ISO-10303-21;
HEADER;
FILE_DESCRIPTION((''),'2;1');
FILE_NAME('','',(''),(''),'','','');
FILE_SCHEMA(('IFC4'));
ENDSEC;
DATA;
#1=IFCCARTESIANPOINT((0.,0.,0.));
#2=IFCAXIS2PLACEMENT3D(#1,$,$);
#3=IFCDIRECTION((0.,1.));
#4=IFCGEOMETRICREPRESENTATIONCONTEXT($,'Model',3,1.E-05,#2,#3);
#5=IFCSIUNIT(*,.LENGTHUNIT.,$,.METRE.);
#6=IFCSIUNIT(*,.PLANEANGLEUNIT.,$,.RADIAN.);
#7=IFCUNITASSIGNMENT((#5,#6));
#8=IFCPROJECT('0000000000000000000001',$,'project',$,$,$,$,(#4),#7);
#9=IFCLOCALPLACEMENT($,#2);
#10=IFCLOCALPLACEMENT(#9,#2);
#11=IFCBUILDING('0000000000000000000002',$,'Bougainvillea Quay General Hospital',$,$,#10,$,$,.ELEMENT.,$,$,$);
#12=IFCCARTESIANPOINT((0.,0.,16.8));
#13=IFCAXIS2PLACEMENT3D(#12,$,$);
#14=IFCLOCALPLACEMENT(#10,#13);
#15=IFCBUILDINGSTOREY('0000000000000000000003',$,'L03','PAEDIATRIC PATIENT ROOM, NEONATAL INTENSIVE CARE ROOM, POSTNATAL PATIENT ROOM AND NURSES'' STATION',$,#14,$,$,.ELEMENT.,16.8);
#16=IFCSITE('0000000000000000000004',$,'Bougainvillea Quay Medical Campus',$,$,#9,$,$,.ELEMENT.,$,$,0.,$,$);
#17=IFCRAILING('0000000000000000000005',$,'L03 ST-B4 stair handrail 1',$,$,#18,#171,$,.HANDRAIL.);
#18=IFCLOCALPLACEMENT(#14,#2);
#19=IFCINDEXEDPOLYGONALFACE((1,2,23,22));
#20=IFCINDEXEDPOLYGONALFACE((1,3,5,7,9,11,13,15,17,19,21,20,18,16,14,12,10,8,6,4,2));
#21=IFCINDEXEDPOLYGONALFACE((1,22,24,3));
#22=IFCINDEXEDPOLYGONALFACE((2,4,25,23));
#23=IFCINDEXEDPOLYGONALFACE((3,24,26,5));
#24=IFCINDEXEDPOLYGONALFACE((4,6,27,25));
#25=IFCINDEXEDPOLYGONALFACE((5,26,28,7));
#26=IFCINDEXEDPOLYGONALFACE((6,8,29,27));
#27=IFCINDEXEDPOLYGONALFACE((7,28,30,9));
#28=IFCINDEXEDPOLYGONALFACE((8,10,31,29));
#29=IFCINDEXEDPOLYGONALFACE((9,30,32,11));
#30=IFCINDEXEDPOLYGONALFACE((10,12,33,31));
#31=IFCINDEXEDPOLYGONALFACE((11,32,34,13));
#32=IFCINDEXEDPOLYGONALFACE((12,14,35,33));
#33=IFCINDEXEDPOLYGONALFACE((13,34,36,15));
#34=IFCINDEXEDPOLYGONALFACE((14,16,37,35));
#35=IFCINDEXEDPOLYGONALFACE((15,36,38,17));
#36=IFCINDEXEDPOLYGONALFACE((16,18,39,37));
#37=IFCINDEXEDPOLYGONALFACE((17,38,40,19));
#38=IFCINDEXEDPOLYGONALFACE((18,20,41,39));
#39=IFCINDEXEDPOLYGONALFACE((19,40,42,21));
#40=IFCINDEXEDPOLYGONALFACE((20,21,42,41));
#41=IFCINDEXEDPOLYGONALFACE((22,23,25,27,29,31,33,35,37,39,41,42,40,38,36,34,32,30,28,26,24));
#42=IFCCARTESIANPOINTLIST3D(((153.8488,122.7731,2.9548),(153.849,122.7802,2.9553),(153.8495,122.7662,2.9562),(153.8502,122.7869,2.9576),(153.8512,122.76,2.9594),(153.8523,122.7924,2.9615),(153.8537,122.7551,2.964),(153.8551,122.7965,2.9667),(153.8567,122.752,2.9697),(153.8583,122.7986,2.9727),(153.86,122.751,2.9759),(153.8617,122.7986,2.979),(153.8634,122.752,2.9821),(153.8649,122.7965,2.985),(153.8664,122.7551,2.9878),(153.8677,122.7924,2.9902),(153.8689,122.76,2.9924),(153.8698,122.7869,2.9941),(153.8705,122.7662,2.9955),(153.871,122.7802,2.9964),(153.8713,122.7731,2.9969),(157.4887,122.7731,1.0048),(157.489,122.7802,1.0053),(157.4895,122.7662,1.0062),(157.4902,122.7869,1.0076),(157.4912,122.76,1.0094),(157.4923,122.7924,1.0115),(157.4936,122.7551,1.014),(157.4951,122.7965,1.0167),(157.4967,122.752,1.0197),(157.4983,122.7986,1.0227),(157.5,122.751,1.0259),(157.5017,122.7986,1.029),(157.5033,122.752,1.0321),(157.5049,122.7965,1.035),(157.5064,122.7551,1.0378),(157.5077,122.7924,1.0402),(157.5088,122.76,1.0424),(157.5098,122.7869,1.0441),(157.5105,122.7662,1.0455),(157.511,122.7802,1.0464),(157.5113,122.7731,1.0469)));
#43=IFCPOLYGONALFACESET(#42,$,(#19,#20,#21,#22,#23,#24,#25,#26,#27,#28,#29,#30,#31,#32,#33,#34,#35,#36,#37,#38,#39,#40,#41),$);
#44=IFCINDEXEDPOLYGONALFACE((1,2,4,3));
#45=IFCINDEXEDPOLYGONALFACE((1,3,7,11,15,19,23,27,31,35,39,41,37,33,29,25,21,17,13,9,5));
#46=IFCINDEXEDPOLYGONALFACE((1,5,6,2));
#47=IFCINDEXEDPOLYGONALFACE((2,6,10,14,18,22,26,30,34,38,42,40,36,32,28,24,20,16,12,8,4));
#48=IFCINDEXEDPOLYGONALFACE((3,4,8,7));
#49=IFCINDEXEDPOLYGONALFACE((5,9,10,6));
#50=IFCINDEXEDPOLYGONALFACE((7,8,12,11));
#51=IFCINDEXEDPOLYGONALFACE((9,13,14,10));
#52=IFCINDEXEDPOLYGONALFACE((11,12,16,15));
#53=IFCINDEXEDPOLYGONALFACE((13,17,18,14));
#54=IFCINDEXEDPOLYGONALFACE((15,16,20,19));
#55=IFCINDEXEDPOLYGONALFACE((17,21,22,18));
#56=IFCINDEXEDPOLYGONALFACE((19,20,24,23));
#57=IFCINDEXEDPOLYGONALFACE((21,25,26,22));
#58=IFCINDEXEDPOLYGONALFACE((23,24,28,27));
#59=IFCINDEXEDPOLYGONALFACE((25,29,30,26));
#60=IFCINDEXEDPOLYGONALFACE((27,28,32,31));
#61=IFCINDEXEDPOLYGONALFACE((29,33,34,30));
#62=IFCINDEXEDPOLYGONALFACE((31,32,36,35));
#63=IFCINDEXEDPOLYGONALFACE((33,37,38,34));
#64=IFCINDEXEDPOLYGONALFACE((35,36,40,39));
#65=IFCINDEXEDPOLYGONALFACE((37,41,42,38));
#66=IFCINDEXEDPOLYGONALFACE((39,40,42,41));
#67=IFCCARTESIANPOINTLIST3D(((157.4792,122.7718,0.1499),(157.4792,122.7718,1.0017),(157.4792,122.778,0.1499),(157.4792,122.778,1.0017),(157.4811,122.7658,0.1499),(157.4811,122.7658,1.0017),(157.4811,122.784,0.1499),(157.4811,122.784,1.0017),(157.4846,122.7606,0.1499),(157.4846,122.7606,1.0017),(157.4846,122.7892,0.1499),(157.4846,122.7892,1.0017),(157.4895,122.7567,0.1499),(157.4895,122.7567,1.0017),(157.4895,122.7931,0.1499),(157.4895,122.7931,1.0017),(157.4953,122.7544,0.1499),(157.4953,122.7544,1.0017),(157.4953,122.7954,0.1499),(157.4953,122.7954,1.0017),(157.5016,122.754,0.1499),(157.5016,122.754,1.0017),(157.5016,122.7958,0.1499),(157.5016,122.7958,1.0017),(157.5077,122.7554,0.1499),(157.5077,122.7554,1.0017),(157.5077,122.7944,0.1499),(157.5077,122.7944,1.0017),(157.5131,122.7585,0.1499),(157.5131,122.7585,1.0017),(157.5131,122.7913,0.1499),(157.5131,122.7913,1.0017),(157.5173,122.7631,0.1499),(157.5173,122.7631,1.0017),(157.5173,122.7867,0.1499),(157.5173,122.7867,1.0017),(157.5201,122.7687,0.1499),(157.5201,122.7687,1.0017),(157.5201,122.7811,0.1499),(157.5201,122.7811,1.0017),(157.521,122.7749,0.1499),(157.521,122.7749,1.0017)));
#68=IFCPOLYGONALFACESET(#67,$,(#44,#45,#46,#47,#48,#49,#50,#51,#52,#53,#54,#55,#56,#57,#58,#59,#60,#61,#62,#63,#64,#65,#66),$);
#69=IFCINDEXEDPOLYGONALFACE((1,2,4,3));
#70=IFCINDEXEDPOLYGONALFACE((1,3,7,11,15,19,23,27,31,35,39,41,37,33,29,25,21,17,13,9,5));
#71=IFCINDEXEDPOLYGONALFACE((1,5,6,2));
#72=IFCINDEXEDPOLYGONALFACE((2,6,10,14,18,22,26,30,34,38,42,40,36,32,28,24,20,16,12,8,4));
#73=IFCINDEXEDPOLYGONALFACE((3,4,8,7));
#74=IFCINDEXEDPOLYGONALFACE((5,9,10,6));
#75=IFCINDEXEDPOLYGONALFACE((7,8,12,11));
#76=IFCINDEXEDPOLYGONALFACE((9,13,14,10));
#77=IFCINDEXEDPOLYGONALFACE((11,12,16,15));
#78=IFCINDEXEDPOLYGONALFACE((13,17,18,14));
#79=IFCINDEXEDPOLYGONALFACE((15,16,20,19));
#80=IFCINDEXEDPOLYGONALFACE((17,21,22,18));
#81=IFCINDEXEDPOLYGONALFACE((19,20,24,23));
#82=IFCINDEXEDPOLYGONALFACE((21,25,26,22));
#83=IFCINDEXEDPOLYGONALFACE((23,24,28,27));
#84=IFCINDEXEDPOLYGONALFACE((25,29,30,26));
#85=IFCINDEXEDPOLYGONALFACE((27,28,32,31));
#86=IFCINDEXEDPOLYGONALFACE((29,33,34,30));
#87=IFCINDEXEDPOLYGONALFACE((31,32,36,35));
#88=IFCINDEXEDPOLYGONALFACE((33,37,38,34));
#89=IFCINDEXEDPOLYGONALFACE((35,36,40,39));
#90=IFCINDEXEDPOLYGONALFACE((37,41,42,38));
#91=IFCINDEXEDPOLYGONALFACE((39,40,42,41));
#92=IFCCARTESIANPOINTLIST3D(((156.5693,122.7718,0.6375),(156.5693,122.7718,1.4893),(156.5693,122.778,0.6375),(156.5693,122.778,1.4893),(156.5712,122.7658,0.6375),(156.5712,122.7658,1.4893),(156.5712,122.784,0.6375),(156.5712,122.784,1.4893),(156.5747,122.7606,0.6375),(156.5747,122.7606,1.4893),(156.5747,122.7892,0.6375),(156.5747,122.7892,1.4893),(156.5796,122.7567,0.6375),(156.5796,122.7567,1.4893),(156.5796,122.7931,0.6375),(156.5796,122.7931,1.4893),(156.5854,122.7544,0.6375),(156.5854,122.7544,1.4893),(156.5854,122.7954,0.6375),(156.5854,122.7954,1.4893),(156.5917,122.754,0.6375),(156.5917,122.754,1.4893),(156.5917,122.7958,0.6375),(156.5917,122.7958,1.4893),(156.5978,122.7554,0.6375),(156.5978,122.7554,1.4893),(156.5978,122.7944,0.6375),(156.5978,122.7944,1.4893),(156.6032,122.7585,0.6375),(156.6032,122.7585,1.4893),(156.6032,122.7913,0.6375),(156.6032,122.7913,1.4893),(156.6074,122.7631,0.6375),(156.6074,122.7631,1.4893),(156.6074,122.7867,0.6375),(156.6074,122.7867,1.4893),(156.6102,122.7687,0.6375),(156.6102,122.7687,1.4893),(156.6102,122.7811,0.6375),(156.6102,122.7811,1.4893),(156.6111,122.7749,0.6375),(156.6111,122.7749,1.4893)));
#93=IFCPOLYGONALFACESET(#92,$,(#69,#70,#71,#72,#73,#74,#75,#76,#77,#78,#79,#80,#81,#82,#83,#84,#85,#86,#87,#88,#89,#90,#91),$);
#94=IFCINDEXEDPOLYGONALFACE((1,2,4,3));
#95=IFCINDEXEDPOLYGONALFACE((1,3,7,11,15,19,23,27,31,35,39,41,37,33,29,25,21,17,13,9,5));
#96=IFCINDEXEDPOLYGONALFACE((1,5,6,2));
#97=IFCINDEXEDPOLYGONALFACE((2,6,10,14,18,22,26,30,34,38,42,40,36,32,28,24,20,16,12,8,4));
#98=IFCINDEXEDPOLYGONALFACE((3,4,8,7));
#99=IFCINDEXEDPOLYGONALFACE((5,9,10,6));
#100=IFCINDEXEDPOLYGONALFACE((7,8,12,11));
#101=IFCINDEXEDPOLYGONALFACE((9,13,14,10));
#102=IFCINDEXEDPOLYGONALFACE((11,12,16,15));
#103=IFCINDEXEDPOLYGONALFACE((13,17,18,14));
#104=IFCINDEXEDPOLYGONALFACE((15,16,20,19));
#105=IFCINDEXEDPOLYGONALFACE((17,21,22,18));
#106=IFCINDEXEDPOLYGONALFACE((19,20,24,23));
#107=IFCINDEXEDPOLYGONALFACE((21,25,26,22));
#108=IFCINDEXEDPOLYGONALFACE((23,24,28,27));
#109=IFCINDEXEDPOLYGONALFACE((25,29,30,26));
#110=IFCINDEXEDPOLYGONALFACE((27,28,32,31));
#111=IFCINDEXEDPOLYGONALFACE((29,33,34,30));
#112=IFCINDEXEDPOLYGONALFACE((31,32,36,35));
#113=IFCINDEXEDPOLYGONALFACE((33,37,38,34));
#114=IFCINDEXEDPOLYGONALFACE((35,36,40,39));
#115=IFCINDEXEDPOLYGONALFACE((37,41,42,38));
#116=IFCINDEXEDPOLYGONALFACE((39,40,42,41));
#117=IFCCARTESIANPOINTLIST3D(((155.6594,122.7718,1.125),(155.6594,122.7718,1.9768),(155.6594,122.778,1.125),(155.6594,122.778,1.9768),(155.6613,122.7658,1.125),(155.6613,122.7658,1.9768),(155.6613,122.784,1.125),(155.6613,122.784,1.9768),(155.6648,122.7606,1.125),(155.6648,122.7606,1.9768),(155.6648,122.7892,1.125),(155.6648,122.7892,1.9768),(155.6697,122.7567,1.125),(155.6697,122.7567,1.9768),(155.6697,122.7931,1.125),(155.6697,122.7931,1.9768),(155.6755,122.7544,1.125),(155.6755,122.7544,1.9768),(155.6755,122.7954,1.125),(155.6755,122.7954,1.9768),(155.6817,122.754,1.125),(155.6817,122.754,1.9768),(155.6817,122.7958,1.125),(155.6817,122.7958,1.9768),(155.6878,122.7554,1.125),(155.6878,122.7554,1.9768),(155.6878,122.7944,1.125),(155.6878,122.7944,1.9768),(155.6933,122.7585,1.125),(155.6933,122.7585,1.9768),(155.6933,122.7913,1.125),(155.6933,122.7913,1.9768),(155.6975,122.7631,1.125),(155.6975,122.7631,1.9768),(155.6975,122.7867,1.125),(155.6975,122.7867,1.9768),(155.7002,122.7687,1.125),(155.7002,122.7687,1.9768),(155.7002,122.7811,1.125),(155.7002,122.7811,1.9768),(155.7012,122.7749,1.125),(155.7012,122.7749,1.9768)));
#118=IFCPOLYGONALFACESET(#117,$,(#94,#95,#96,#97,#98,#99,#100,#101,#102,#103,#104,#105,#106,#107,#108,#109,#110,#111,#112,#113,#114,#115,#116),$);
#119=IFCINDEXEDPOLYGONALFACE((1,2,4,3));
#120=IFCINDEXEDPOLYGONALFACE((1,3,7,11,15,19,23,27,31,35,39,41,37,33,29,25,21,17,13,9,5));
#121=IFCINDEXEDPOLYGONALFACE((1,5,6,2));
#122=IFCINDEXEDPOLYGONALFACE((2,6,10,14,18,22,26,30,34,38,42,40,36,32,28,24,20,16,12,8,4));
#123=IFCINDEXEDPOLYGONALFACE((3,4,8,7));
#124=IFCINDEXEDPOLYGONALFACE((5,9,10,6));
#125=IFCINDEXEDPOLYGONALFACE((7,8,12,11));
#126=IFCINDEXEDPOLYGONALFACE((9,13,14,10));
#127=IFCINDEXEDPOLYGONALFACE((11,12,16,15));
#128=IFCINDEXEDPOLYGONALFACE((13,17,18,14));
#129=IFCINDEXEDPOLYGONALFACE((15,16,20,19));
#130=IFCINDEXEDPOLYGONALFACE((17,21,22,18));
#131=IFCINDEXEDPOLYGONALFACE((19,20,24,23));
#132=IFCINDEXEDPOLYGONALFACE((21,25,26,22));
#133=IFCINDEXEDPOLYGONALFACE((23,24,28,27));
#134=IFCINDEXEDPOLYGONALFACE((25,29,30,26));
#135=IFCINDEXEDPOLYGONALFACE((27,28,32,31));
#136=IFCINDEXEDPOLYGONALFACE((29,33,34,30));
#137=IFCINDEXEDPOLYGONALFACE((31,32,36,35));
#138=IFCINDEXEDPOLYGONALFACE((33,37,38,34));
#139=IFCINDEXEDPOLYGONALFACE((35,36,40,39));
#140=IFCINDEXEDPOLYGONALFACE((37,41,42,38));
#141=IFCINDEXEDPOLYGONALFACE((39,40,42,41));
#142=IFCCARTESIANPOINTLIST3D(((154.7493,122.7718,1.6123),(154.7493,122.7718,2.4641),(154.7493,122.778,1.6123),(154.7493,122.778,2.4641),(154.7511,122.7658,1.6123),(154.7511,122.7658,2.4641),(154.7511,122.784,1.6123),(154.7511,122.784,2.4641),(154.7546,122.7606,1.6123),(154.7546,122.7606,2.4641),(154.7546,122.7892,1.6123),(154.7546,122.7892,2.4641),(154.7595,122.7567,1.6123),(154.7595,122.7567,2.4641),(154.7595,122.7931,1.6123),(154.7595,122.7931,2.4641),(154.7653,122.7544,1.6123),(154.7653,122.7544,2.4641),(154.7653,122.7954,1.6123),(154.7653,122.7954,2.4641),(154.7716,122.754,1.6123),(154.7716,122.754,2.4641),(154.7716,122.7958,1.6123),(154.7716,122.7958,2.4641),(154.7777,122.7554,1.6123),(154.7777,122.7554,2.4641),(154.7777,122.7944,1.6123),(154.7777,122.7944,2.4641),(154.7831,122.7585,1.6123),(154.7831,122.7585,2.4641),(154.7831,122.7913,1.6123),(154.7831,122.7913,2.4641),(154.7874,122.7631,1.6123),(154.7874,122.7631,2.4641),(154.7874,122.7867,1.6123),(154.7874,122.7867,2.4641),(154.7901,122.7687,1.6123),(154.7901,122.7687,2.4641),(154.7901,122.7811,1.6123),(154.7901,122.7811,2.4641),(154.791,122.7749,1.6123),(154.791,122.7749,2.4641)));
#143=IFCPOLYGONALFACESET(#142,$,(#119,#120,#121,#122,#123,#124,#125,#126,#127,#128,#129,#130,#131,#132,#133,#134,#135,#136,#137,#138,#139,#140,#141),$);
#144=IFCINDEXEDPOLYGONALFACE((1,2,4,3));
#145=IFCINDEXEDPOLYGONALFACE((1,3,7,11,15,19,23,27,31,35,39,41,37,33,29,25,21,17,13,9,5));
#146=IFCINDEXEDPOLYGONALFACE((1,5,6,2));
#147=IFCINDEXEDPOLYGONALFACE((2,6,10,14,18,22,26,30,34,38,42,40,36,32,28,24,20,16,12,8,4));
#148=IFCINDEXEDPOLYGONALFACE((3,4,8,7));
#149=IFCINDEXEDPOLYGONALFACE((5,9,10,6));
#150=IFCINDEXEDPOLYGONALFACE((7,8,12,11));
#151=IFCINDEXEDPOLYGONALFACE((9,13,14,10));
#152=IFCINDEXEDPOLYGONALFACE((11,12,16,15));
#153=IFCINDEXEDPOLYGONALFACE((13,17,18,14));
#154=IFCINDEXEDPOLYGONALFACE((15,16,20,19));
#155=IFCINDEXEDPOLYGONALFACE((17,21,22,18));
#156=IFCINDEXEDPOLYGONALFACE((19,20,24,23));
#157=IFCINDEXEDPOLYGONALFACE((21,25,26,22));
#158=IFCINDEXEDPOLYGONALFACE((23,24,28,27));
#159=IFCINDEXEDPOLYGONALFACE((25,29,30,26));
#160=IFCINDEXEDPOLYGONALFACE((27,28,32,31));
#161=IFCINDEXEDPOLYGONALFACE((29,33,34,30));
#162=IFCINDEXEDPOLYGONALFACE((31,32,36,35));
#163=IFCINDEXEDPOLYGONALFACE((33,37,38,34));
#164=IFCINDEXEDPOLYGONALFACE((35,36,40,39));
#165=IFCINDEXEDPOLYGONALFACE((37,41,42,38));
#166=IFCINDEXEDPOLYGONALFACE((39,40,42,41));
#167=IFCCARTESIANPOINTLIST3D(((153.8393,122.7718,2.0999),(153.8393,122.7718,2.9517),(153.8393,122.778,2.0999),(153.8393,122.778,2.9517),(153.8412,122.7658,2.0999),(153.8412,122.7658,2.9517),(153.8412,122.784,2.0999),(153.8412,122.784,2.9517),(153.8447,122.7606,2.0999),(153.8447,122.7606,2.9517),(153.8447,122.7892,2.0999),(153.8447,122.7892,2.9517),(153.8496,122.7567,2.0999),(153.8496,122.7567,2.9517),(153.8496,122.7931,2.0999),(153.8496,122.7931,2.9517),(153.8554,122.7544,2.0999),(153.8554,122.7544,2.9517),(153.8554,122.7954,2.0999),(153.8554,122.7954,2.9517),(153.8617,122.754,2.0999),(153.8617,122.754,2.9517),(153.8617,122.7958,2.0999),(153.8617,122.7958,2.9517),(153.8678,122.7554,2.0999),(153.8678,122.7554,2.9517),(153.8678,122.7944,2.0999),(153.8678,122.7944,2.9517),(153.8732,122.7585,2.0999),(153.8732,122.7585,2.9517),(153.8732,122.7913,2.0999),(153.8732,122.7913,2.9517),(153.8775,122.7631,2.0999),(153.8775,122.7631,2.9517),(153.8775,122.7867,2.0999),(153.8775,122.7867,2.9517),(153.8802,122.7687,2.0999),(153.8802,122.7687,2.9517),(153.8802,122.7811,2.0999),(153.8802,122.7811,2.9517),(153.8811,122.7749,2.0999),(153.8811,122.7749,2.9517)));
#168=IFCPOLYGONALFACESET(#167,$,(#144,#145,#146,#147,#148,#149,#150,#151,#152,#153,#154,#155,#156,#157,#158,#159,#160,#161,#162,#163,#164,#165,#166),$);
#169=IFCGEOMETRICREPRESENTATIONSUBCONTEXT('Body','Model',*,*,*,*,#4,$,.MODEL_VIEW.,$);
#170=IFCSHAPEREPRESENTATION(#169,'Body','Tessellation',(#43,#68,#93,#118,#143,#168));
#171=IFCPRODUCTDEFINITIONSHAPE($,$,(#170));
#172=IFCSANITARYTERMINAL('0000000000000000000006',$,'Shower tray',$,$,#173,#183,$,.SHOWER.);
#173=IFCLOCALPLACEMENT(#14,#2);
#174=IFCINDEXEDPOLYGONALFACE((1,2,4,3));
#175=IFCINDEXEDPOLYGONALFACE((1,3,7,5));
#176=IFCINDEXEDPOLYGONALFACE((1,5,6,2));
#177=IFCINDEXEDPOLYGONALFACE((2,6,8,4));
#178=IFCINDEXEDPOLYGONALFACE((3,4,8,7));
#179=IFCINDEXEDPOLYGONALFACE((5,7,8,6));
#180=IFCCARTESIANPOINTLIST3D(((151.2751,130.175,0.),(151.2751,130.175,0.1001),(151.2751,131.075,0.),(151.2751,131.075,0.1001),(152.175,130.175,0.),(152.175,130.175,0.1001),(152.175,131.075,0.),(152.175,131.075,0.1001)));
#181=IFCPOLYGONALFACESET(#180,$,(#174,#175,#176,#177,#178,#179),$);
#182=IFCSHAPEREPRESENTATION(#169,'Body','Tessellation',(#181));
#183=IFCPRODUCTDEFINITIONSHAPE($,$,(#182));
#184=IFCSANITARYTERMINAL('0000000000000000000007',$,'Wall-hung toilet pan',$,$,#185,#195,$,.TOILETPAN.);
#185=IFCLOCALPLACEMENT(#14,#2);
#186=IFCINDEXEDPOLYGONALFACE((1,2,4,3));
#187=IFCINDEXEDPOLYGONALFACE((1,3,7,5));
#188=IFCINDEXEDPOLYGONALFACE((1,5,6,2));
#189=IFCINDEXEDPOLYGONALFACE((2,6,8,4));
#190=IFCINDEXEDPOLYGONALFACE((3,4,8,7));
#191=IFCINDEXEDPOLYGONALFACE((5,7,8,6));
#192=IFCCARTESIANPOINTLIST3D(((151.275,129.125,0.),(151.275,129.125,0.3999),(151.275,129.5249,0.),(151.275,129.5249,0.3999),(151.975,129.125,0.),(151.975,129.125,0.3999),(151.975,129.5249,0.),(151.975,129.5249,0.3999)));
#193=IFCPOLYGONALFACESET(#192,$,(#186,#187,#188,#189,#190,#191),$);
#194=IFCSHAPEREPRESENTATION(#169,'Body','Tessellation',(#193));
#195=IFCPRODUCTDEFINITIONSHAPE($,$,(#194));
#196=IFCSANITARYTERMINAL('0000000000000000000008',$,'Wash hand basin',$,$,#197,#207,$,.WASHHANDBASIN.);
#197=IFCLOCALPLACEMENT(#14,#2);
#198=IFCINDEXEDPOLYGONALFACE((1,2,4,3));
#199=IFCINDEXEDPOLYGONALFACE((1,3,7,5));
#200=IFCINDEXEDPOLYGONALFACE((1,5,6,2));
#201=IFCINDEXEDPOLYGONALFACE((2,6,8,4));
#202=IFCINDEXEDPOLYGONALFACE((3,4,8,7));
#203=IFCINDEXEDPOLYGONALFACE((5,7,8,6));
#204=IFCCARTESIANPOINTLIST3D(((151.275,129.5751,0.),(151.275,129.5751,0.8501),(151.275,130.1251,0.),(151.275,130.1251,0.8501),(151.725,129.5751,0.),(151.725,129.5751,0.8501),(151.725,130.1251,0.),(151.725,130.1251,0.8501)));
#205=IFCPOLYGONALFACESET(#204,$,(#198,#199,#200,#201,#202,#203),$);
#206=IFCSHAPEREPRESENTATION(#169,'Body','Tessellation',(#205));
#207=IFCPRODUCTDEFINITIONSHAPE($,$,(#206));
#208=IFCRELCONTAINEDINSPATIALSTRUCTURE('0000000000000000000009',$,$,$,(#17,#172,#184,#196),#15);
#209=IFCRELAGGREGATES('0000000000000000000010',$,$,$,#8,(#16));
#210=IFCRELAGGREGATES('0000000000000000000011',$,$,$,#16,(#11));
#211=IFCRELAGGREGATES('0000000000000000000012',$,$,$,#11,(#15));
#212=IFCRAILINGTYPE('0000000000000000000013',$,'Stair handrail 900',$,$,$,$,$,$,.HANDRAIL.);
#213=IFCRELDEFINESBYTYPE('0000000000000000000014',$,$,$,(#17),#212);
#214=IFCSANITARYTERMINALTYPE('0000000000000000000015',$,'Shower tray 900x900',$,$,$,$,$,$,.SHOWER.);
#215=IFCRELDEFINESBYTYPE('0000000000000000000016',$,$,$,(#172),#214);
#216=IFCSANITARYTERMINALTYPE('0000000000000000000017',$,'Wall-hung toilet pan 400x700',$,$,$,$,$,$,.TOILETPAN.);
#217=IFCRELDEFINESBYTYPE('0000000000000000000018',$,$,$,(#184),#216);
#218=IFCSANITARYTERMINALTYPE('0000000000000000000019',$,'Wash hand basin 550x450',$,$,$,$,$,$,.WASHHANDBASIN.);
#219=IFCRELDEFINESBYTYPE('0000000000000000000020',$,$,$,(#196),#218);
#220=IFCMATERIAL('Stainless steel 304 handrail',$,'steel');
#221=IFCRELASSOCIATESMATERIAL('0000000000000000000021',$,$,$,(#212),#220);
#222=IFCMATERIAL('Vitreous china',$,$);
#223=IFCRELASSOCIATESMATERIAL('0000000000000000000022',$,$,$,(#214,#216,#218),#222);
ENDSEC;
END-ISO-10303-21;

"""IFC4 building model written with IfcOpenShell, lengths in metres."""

from ifc_helpers import new_model, si_unit, direction, frame, origin, origin_2d, place, context, subcontext, project, spatial, rectangle, circle, extrude, material, type_object, element, save


model = new_model("IFC4")

# Units and contexts
model_context = context("Model", 3, precision=1e-05, world=origin(), true_north=direction((0.0, 1.0)))
body_context = subcontext(model_context, "Body", "Model", "MODEL_VIEW")
ifc_project = project(units=[si_unit("LENGTHUNIT", "METRE"), si_unit("PLANEANGLEUNIT", "RADIAN")], contexts=[model_context])

# Site, building, storey
site_placement = place(None, origin())
site = spatial("IfcSite", under=ifc_project, at=site_placement, Name="Bougainvillea Quay Medical Campus", CompositionType="ELEMENT", RefElevation=0.0)
building_placement = place(site_placement, origin())
building = spatial("IfcBuilding", under=site, at=building_placement, Name="Bougainvillea Quay General Hospital", CompositionType="ELEMENT")
storey_placement = place(building_placement, frame((0.0, 0.0, 16.8)))
storey = spatial("IfcBuildingStorey", under=building, at=storey_placement, Name="L03", Description="PAEDIATRIC PATIENT ROOM, NEONATAL INTENSIVE CARE ROOM, POSTNATAL PATIENT ROOM AND NURSES' STATION", CompositionType="ELEMENT", Elevation=16.8)

# Railing
ifc_material_1 = material(Name="Stainless steel 304 handrail", Category="steel")
railing_type = type_object("IfcRailingType", Name="Stair handrail 900", PredefinedType="HANDRAIL", material=ifc_material_1)
railing_placement = place(storey_placement, frame((157.5, 122.7749, 0.1499)))
element("IfcRailing", 1, at=railing_placement, inside=storey, type_object=railing_type, Name="L03 ST-B4 stair handrail 1", PredefinedType="HANDRAIL", context=body_context, shape_type="SweptSolid", body=[
    extrude(circle(Radius=0.0239, at=origin_2d()), frame((0.0, 0.0, 0.876), z_axis=(-0.881479, 0.0, 0.472223), x_axis=(0.0, -1.0, 0.0)), (0.0, 0.0, 1.0), 4.1294),
    extrude(circle(Radius=0.021, at=origin_2d()), origin(), (0.0, 0.0, 1.0), 0.8518),
    extrude(circle(Radius=0.021, at=origin_2d()), frame((-0.9099, 0.0, 0.4875)), (0.0, 0.0, 1.0), 0.8518),
    extrude(circle(Radius=0.021, at=origin_2d()), frame((-1.8198, 0.0, 0.9751)), (0.0, 0.0, 1.0), 0.8518),
    extrude(circle(Radius=0.021, at=origin_2d()), frame((-2.73, 0.0, 1.4624)), (0.0, 0.0, 1.0), 0.8518),
    extrude(circle(Radius=0.021, at=origin_2d()), frame((-3.6399, 0.0, 1.95)), (0.0, 0.0, 1.0), 0.8518),
])

# Sanitary terminals
ifc_material_2 = material(Name="Vitreous china")
sanitary_terminal_type_1 = type_object("IfcSanitaryTerminalType", Name="Shower tray 900x900", PredefinedType="SHOWER", material=ifc_material_2)
sanitary_terminal_1_placement = place(storey_placement, frame((151.7251, 130.625, 0.0), z_axis=(0.0, 0.0, 1.0), x_axis=(0.0, 1.0, 0.0)))
element("IfcSanitaryTerminal", 2, at=sanitary_terminal_1_placement, inside=storey, type_object=sanitary_terminal_type_1, Name="Shower tray", PredefinedType="SHOWER", context=body_context, shape_type="SweptSolid", body=[
    extrude(rectangle(XDim=0.8999, YDim=0.8999, at=origin_2d()), origin(), (0.0, 0.0, 1.0), 0.1001),
])
sanitary_terminal_type_2 = type_object("IfcSanitaryTerminalType", Name="Wall-hung toilet pan 400x700", PredefinedType="TOILETPAN", material=ifc_material_2)
sanitary_terminal_2_placement = place(storey_placement, frame((151.625, 129.325, 0.0), z_axis=(0.0, 0.0, 1.0), x_axis=(0.0, 1.0, 0.0)))
element("IfcSanitaryTerminal", 3, at=sanitary_terminal_2_placement, inside=storey, type_object=sanitary_terminal_type_2, Name="Wall-hung toilet pan", PredefinedType="TOILETPAN", context=body_context, shape_type="SweptSolid", body=[
    extrude(rectangle(XDim=0.3999, YDim=0.7, at=origin_2d()), origin(), (0.0, 0.0, 1.0), 0.3999),
])
sanitary_terminal_type_3 = type_object("IfcSanitaryTerminalType", Name="Wash hand basin 550x450", PredefinedType="WASHHANDBASIN", material=ifc_material_2)
sanitary_terminal_3_placement = place(storey_placement, frame((151.5, 129.8501, 0.0), z_axis=(0.0, 0.0, 1.0), x_axis=(0.0, 1.0, 0.0)))
element("IfcSanitaryTerminal", 4, at=sanitary_terminal_3_placement, inside=storey, type_object=sanitary_terminal_type_3, Name="Wash hand basin", PredefinedType="WASHHANDBASIN", context=body_context, shape_type="SweptSolid", body=[
    extrude(rectangle(XDim=0.55, YDim=0.45, at=origin_2d()), origin(), (0.0, 0.0, 1.0), 0.8501),
])

save(model, "model.ifc")
